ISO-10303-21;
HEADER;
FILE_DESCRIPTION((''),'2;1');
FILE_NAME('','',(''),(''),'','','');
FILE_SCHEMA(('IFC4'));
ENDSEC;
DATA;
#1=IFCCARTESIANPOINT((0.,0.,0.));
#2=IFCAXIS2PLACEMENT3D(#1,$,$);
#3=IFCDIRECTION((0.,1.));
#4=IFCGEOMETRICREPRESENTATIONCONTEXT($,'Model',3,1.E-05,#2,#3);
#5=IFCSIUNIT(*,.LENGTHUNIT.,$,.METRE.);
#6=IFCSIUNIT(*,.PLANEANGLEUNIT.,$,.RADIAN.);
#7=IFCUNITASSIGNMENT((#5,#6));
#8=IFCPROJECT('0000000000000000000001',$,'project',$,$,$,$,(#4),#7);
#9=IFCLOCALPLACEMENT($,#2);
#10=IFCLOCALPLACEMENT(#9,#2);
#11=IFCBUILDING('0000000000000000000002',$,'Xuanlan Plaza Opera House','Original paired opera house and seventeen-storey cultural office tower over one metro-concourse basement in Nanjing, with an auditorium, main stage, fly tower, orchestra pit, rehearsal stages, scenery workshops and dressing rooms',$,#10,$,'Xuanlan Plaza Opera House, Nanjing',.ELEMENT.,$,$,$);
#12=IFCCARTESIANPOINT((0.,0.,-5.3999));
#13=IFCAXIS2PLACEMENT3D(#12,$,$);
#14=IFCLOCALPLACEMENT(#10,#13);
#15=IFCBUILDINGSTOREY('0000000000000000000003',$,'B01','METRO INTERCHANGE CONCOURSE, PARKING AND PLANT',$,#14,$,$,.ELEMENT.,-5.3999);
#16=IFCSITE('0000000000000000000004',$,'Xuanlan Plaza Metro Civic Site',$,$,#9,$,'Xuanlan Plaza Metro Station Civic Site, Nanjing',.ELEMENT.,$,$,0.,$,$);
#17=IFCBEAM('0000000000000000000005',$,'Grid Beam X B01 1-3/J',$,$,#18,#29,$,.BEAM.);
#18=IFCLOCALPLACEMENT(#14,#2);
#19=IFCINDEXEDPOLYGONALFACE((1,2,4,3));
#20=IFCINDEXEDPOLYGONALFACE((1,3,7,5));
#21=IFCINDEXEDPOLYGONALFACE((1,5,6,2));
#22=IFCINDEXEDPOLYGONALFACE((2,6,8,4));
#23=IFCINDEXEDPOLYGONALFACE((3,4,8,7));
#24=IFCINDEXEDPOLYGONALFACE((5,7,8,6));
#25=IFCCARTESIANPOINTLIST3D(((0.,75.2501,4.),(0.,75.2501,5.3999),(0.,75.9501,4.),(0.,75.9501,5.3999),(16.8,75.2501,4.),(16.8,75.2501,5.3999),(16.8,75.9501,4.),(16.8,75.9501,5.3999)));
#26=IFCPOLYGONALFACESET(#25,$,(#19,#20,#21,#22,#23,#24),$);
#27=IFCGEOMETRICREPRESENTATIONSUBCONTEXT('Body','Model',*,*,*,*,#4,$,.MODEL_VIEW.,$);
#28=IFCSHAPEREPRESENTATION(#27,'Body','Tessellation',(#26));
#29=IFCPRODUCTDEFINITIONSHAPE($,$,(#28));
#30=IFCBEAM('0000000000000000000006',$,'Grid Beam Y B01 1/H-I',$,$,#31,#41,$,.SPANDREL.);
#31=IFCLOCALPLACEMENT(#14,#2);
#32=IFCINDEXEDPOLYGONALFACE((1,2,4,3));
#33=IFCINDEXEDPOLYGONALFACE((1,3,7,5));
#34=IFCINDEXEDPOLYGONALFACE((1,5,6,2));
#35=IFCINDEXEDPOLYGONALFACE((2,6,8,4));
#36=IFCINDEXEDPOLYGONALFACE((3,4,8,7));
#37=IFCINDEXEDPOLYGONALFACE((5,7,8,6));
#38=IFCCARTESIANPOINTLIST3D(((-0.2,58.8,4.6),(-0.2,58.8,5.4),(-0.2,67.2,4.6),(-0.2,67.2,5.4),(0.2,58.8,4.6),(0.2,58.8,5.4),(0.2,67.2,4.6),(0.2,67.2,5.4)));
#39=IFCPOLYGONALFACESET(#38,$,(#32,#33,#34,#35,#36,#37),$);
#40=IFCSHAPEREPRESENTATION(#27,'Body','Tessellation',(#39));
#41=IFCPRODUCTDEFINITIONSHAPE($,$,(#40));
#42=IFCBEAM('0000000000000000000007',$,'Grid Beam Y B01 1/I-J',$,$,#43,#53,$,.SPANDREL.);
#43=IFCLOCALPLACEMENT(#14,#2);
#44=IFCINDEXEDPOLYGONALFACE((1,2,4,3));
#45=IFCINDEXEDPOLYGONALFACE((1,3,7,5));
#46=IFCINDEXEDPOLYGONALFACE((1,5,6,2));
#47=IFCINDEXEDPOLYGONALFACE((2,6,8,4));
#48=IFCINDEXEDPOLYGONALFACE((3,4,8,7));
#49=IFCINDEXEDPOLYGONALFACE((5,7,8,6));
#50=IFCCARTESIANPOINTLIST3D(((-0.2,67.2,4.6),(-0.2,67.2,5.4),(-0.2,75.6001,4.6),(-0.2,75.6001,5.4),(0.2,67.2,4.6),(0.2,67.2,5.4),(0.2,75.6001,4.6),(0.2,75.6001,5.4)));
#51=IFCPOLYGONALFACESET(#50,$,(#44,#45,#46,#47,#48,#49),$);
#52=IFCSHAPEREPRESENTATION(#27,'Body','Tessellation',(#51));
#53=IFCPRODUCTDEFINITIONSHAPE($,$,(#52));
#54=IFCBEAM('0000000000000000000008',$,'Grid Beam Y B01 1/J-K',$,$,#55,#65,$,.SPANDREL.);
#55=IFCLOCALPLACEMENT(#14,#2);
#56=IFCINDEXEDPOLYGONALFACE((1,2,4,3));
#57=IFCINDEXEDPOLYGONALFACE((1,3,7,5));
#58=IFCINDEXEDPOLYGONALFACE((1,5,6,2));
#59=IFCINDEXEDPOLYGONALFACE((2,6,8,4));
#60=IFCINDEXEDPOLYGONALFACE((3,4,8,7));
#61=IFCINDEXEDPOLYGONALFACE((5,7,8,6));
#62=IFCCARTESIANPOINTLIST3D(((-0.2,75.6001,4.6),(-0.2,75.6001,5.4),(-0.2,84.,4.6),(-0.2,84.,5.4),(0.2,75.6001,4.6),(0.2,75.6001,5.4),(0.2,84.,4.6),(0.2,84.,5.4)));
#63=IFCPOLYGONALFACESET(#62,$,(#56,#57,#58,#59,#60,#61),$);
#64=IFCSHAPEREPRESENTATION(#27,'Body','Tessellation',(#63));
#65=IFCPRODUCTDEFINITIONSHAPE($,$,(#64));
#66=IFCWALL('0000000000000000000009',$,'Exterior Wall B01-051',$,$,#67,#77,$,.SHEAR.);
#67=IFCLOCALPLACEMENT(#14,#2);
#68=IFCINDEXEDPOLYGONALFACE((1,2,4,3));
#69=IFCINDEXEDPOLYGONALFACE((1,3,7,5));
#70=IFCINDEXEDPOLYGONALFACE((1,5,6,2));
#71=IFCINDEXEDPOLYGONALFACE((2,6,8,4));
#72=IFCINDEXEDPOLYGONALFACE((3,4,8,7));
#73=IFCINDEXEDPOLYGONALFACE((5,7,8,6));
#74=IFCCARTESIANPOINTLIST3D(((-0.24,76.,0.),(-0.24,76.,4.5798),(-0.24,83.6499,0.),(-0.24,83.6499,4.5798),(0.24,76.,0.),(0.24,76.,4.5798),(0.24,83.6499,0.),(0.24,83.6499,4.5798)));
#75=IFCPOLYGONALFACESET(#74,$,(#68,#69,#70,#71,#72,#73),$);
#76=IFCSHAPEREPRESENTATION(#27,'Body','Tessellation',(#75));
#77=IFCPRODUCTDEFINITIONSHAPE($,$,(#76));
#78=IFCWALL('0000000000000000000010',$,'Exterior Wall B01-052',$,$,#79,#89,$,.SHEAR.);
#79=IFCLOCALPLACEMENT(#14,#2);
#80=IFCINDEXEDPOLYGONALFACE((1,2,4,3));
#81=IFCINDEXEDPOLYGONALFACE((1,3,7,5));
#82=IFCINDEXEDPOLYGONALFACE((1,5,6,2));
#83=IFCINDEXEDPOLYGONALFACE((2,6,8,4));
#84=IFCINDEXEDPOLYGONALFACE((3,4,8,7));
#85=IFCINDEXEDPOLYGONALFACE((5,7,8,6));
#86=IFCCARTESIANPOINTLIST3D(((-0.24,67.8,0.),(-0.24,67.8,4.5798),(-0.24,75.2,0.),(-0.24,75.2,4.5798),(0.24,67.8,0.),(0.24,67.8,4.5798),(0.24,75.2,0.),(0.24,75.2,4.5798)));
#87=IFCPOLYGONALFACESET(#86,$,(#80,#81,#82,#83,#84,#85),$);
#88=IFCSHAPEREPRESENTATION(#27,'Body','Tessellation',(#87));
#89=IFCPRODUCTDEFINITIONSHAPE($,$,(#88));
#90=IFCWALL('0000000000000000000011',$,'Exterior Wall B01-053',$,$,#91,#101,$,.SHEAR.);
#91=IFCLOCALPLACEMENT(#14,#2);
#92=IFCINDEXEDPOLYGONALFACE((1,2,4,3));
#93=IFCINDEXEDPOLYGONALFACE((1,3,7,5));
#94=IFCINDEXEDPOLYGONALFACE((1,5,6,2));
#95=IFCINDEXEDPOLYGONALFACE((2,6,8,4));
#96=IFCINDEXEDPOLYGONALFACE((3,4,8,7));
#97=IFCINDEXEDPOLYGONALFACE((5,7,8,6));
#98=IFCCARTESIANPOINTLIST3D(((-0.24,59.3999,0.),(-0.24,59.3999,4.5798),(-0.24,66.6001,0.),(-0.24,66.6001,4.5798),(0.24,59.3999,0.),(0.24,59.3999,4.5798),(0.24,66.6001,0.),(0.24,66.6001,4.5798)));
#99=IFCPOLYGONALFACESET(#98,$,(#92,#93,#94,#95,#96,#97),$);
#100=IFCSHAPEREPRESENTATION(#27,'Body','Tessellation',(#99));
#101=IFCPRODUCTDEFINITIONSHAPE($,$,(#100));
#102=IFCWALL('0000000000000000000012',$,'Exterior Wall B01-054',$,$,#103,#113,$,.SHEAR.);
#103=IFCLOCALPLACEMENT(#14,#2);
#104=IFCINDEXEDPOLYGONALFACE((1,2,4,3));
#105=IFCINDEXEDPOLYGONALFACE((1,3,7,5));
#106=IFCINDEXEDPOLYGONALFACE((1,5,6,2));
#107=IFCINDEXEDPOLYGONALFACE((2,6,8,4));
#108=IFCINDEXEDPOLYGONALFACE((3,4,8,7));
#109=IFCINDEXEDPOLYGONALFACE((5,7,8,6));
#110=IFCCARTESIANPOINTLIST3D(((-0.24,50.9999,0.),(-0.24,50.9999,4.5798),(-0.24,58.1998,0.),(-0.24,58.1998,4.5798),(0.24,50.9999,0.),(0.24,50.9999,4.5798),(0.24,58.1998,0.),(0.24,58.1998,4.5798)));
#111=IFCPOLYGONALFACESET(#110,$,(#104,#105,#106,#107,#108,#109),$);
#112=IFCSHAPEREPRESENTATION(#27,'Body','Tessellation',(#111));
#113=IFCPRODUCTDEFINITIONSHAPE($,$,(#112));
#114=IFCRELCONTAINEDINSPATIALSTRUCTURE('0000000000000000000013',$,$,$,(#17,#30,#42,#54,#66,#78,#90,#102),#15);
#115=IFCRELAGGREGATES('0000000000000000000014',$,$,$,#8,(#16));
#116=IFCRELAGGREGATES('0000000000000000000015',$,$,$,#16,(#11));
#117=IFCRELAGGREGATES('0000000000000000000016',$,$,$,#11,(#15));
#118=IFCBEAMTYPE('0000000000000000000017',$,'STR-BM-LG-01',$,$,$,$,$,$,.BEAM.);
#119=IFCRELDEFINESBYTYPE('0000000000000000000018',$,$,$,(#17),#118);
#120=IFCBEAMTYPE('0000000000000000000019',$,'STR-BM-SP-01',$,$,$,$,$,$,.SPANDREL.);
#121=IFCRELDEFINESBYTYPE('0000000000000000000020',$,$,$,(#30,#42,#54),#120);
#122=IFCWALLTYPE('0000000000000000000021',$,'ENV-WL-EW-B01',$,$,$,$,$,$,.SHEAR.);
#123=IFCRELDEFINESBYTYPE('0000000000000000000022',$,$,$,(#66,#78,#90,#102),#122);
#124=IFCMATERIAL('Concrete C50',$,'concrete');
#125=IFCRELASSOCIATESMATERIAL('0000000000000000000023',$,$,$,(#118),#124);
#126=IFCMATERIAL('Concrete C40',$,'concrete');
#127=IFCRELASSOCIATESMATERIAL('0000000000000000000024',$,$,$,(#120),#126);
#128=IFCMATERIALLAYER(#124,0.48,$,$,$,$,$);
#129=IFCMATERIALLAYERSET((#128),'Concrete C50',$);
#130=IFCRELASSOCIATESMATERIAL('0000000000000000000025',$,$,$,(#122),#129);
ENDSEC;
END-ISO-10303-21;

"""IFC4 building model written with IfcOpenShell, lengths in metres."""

from ifc_helpers import new_model, si_unit, direction, frame, frame_2d, origin, origin_2d, place, context, subcontext, project, spatial, rectangle, extrude, material, layer, layer_set, material_profile, profile_set, type_object, element, save


model = new_model("IFC4")

# Units and contexts
model_context = context("Model", 3, precision=1e-05, world=origin(), true_north=direction((0.0, 1.0)))
body_context = subcontext(model_context, "Body", "Model", "MODEL_VIEW")
ifc_project = project(units=[si_unit("LENGTHUNIT", "METRE"), si_unit("PLANEANGLEUNIT", "RADIAN")], contexts=[model_context])

# Site, building, storey
site_placement = place(None, origin())
site = spatial("IfcSite", under=ifc_project, at=site_placement, Name="Xuanlan Plaza Metro Civic Site", LongName="Xuanlan Plaza Metro Station Civic Site, Nanjing", CompositionType="ELEMENT", RefElevation=0.0)
building_placement = place(site_placement, origin())
building = spatial("IfcBuilding", under=site, at=building_placement, Name="Xuanlan Plaza Opera House", Description="Original paired opera house and seventeen-storey cultural office tower over one metro-concourse basement in Nanjing, with an auditorium, main stage, fly tower, orchestra pit, rehearsal stages, scenery workshops and dressing rooms", LongName="Xuanlan Plaza Opera House, Nanjing", CompositionType="ELEMENT")
storey_placement = place(building_placement, frame((0.0, 0.0, -5.3999)))
storey = spatial("IfcBuildingStorey", under=building, at=storey_placement, Name="B01", Description="METRO INTERCHANGE CONCOURSE, PARKING AND PLANT", CompositionType="ELEMENT", Elevation=-5.3999)

# Shared definitions
ifc_material_1 = material(Name="Concrete C50", Category="concrete")
ifc_material_2 = material(Name="Concrete C40", Category="concrete")

# Beams
ifc_material_profile_1 = material_profile(ifc_material_1, rectangle(XDim=0.7, YDim=1.3999, at=origin_2d()), Name="RC-LG 700x1400")
ifc_profile_set_1 = profile_set([ifc_material_profile_1], Name="Concrete C50")
beam_type_1 = type_object("IfcBeamType", Name="STR-BM-LG-01", PredefinedType="BEAM", material=ifc_profile_set_1)
for number, where, z_axis, x_axis, name in (
    (1, (0.0, 75.6001, 4.7), (1.0, 0.0, 0.0), (0.0, 1.0, 0.0), "Grid Beam X B01 1-3/J"),
):
    element("IfcBeam", number, at=place(storey_placement, frame(where, z_axis=z_axis, x_axis=x_axis)), inside=storey, type_object=beam_type_1, Name=name, PredefinedType="BEAM", context=body_context, shape_type="SweptSolid", body=[
        extrude(rectangle(XDim=0.7, YDim=1.3999, at=origin_2d()), origin(), (0.0, 0.0, 1.0), 16.8),
    ])
ifc_material_profile_2 = material_profile(ifc_material_2, rectangle(XDim=0.3999, YDim=0.8, at=origin_2d()), Name="RC-SPD 400x800")
ifc_profile_set_2 = profile_set([ifc_material_profile_2], Name="Concrete C40")
beam_type_2 = type_object("IfcBeamType", Name="STR-BM-SP-01", PredefinedType="SPANDREL", material=ifc_profile_set_2)
beam_1_placement = place(storey_placement, frame((0.0, 58.8, 5.0), z_axis=(0.0, 1.0, 0.0), x_axis=(-1.0, 0.0, 0.0)))
element("IfcBeam", 2, at=beam_1_placement, inside=storey, type_object=beam_type_2, Name="Grid Beam Y B01 1/H-I", PredefinedType="SPANDREL", context=body_context, shape_type="SweptSolid", body=[
    extrude(rectangle(XDim=0.3999, YDim=0.8, at=origin_2d()), origin(), (0.0, 0.0, 1.0), 8.3999),
])
beam_2_placement = place(storey_placement, frame((0.0, 67.2, 5.0), z_axis=(0.0, 1.0, 0.0), x_axis=(-1.0, 0.0, 0.0)))
element("IfcBeam", 3, at=beam_2_placement, inside=storey, type_object=beam_type_2, Name="Grid Beam Y B01 1/I-J", PredefinedType="SPANDREL", context=body_context, shape_type="SweptSolid", body=[
    extrude(rectangle(XDim=0.3999, YDim=0.8, at=origin_2d()), origin(), (0.0, 0.0, 1.0), 8.4001),
])
beam_3_placement = place(storey_placement, frame((0.0, 75.6001, 5.0), z_axis=(0.0, 1.0, 0.0), x_axis=(-1.0, 0.0, 0.0)))
element("IfcBeam", 4, at=beam_3_placement, inside=storey, type_object=beam_type_2, Name="Grid Beam Y B01 1/J-K", PredefinedType="SPANDREL", context=body_context, shape_type="SweptSolid", body=[
    extrude(rectangle(XDim=0.3999, YDim=0.8, at=origin_2d()), origin(), (0.0, 0.0, 1.0), 8.3999),
])

# Walls
ifc_layer = layer(ifc_material_1, 0.48)
ifc_layer_set = layer_set([ifc_layer], Name="Concrete C50")
wall_type = type_object("IfcWallType", Name="ENV-WL-EW-B01", PredefinedType="SHEAR", material=ifc_layer_set)
wall_1_placement = place(storey_placement, frame((0.0, 83.6499, 0.0), z_axis=(0.0, 0.0, 1.0), x_axis=(0.0, -1.0, 0.0)))
element("IfcWall", 5, at=wall_1_placement, inside=storey, type_object=wall_type, Name="Exterior Wall B01-051", PredefinedType="SHEAR", context=body_context, shape_type="SweptSolid", body=[
    extrude(rectangle(XDim=7.6499, YDim=0.48, at=frame_2d((3.825, 0.0))), origin(), (0.0, 0.0, 1.0), 4.5798),
])
wall_2_placement = place(storey_placement, frame((0.0, 75.2, 0.0), z_axis=(0.0, 0.0, 1.0), x_axis=(0.0, -1.0, 0.0)))
element("IfcWall", 6, at=wall_2_placement, inside=storey, type_object=wall_type, Name="Exterior Wall B01-052", PredefinedType="SHEAR", context=body_context, shape_type="SweptSolid", body=[
    extrude(rectangle(XDim=7.3999, YDim=0.48, at=frame_2d((3.7, 0.0))), origin(), (0.0, 0.0, 1.0), 4.5798),
])
wall_3_placement = place(storey_placement, frame((0.0, 66.6001, 0.0), z_axis=(0.0, 0.0, 1.0), x_axis=(0.0, -1.0, 0.0)))
element("IfcWall", 7, at=wall_3_placement, inside=storey, type_object=wall_type, Name="Exterior Wall B01-053", PredefinedType="SHEAR", context=body_context, shape_type="SweptSolid", body=[
    extrude(rectangle(XDim=7.2002, YDim=0.48, at=frame_2d((3.6001, 0.0))), origin(), (0.0, 0.0, 1.0), 4.5798),
])
wall_4_placement = place(storey_placement, frame((0.0, 58.2, 0.0), z_axis=(0.0, 0.0, 1.0), x_axis=(0.0, -1.0, 0.0)))
element("IfcWall", 8, at=wall_4_placement, inside=storey, type_object=wall_type, Name="Exterior Wall B01-054", PredefinedType="SHEAR", context=body_context, shape_type="SweptSolid", body=[
    extrude(rectangle(XDim=7.2, YDim=0.48, at=frame_2d((3.6001, 0.0))), origin(), (0.0, 0.0, 1.0), 4.5798),
])

save(model, "model.ifc")
